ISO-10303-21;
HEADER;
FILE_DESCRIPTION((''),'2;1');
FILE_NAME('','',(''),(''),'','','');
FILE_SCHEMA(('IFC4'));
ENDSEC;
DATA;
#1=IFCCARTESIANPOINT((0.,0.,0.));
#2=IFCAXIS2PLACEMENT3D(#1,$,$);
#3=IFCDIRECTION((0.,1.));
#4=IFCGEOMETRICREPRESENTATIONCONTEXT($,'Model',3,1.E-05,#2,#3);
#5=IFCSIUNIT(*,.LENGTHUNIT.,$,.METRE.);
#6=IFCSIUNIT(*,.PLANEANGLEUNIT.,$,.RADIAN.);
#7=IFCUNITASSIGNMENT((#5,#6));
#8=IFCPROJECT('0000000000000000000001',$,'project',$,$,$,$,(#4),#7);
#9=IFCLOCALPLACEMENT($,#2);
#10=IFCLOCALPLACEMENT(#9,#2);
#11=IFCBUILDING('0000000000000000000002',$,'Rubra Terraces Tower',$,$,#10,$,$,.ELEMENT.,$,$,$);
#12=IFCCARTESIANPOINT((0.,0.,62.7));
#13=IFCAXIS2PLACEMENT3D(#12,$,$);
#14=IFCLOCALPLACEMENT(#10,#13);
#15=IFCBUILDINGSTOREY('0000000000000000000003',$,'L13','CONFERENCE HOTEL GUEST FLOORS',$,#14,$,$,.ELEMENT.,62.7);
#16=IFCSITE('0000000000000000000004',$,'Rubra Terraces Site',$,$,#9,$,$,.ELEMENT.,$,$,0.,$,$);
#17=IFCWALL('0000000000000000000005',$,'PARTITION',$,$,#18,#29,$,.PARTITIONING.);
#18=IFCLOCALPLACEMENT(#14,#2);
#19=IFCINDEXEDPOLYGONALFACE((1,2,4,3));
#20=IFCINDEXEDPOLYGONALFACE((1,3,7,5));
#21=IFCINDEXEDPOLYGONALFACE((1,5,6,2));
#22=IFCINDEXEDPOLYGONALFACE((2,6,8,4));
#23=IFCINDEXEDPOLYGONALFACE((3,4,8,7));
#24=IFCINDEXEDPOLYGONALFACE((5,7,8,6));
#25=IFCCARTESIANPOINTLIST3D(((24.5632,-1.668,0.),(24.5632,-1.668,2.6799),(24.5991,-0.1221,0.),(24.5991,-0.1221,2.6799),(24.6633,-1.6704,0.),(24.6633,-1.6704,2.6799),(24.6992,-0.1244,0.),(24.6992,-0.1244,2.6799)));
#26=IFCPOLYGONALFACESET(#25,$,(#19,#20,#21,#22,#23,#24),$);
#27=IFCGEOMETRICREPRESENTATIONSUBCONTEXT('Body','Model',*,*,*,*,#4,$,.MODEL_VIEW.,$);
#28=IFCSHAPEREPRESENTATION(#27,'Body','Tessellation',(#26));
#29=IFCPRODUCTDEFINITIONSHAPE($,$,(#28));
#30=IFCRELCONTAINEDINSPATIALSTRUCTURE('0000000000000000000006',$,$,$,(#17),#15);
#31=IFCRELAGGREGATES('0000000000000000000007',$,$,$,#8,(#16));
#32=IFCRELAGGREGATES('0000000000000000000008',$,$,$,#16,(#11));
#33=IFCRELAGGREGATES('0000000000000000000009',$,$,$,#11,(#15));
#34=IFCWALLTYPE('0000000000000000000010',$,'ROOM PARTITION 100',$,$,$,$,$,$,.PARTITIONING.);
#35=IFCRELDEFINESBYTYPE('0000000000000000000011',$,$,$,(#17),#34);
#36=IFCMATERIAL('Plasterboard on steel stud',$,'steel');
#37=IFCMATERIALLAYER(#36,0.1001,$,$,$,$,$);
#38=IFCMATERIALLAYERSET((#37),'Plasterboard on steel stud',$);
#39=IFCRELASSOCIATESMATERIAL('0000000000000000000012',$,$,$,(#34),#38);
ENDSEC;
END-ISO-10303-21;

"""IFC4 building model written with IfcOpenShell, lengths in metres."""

from ifc_helpers import new_model, si_unit, direction, frame, frame_2d, origin, place, context, subcontext, project, spatial, rectangle, extrude, material, layer, layer_set, type_object, element, save


model = new_model("IFC4")

# Units and contexts
model_context = context("Model", 3, precision=1e-05, world=origin(), true_north=direction((0.0, 1.0)))
body_context = subcontext(model_context, "Body", "Model", "MODEL_VIEW")
ifc_project = project(units=[si_unit("LENGTHUNIT", "METRE"), si_unit("PLANEANGLEUNIT", "RADIAN")], contexts=[model_context])

# Site, building, storey
site_placement = place(None, origin())
site = spatial("IfcSite", under=ifc_project, at=site_placement, Name="Rubra Terraces Site", CompositionType="ELEMENT", RefElevation=0.0)
building_placement = place(site_placement, origin())
building = spatial("IfcBuilding", under=site, at=building_placement, Name="Rubra Terraces Tower", CompositionType="ELEMENT")
storey_placement = place(building_placement, frame((0.0, 0.0, 62.7)))
storey = spatial("IfcBuildingStorey", under=building, at=storey_placement, Name="L13", Description="CONFERENCE HOTEL GUEST FLOORS", CompositionType="ELEMENT", Elevation=62.7)

# Shared definitions
ifc_material_1 = material(Name="Plasterboard on steel stud", Category="steel")
ifc_layer_1 = layer(ifc_material_1, 0.1001)
ifc_layer_set_1 = layer_set([ifc_layer_1], Name="Plasterboard on steel stud")
wall_type_1 = type_object("IfcWallType", Name="ROOM PARTITION 100", PredefinedType="PARTITIONING", material=ifc_layer_set_1)

# Wall
wall_1_placement = place(storey_placement, frame((24.6133, -1.6692, 0.0), z_axis=(0.0, 0.0, 1.0), x_axis=(0.023209, 0.999731, 0.0)))
element("IfcWall", 1, at=wall_1_placement, inside=storey, type_object=wall_type_1, Name="PARTITION", PredefinedType="PARTITIONING", context=body_context, shape_type="SweptSolid", body=[
    extrude(rectangle(XDim=1.5464, YDim=0.1001, at=frame_2d((0.7732, 0.0))), origin(), (0.0, 0.0, 1.0), 2.6799),
])

save(model, "model.ifc")
